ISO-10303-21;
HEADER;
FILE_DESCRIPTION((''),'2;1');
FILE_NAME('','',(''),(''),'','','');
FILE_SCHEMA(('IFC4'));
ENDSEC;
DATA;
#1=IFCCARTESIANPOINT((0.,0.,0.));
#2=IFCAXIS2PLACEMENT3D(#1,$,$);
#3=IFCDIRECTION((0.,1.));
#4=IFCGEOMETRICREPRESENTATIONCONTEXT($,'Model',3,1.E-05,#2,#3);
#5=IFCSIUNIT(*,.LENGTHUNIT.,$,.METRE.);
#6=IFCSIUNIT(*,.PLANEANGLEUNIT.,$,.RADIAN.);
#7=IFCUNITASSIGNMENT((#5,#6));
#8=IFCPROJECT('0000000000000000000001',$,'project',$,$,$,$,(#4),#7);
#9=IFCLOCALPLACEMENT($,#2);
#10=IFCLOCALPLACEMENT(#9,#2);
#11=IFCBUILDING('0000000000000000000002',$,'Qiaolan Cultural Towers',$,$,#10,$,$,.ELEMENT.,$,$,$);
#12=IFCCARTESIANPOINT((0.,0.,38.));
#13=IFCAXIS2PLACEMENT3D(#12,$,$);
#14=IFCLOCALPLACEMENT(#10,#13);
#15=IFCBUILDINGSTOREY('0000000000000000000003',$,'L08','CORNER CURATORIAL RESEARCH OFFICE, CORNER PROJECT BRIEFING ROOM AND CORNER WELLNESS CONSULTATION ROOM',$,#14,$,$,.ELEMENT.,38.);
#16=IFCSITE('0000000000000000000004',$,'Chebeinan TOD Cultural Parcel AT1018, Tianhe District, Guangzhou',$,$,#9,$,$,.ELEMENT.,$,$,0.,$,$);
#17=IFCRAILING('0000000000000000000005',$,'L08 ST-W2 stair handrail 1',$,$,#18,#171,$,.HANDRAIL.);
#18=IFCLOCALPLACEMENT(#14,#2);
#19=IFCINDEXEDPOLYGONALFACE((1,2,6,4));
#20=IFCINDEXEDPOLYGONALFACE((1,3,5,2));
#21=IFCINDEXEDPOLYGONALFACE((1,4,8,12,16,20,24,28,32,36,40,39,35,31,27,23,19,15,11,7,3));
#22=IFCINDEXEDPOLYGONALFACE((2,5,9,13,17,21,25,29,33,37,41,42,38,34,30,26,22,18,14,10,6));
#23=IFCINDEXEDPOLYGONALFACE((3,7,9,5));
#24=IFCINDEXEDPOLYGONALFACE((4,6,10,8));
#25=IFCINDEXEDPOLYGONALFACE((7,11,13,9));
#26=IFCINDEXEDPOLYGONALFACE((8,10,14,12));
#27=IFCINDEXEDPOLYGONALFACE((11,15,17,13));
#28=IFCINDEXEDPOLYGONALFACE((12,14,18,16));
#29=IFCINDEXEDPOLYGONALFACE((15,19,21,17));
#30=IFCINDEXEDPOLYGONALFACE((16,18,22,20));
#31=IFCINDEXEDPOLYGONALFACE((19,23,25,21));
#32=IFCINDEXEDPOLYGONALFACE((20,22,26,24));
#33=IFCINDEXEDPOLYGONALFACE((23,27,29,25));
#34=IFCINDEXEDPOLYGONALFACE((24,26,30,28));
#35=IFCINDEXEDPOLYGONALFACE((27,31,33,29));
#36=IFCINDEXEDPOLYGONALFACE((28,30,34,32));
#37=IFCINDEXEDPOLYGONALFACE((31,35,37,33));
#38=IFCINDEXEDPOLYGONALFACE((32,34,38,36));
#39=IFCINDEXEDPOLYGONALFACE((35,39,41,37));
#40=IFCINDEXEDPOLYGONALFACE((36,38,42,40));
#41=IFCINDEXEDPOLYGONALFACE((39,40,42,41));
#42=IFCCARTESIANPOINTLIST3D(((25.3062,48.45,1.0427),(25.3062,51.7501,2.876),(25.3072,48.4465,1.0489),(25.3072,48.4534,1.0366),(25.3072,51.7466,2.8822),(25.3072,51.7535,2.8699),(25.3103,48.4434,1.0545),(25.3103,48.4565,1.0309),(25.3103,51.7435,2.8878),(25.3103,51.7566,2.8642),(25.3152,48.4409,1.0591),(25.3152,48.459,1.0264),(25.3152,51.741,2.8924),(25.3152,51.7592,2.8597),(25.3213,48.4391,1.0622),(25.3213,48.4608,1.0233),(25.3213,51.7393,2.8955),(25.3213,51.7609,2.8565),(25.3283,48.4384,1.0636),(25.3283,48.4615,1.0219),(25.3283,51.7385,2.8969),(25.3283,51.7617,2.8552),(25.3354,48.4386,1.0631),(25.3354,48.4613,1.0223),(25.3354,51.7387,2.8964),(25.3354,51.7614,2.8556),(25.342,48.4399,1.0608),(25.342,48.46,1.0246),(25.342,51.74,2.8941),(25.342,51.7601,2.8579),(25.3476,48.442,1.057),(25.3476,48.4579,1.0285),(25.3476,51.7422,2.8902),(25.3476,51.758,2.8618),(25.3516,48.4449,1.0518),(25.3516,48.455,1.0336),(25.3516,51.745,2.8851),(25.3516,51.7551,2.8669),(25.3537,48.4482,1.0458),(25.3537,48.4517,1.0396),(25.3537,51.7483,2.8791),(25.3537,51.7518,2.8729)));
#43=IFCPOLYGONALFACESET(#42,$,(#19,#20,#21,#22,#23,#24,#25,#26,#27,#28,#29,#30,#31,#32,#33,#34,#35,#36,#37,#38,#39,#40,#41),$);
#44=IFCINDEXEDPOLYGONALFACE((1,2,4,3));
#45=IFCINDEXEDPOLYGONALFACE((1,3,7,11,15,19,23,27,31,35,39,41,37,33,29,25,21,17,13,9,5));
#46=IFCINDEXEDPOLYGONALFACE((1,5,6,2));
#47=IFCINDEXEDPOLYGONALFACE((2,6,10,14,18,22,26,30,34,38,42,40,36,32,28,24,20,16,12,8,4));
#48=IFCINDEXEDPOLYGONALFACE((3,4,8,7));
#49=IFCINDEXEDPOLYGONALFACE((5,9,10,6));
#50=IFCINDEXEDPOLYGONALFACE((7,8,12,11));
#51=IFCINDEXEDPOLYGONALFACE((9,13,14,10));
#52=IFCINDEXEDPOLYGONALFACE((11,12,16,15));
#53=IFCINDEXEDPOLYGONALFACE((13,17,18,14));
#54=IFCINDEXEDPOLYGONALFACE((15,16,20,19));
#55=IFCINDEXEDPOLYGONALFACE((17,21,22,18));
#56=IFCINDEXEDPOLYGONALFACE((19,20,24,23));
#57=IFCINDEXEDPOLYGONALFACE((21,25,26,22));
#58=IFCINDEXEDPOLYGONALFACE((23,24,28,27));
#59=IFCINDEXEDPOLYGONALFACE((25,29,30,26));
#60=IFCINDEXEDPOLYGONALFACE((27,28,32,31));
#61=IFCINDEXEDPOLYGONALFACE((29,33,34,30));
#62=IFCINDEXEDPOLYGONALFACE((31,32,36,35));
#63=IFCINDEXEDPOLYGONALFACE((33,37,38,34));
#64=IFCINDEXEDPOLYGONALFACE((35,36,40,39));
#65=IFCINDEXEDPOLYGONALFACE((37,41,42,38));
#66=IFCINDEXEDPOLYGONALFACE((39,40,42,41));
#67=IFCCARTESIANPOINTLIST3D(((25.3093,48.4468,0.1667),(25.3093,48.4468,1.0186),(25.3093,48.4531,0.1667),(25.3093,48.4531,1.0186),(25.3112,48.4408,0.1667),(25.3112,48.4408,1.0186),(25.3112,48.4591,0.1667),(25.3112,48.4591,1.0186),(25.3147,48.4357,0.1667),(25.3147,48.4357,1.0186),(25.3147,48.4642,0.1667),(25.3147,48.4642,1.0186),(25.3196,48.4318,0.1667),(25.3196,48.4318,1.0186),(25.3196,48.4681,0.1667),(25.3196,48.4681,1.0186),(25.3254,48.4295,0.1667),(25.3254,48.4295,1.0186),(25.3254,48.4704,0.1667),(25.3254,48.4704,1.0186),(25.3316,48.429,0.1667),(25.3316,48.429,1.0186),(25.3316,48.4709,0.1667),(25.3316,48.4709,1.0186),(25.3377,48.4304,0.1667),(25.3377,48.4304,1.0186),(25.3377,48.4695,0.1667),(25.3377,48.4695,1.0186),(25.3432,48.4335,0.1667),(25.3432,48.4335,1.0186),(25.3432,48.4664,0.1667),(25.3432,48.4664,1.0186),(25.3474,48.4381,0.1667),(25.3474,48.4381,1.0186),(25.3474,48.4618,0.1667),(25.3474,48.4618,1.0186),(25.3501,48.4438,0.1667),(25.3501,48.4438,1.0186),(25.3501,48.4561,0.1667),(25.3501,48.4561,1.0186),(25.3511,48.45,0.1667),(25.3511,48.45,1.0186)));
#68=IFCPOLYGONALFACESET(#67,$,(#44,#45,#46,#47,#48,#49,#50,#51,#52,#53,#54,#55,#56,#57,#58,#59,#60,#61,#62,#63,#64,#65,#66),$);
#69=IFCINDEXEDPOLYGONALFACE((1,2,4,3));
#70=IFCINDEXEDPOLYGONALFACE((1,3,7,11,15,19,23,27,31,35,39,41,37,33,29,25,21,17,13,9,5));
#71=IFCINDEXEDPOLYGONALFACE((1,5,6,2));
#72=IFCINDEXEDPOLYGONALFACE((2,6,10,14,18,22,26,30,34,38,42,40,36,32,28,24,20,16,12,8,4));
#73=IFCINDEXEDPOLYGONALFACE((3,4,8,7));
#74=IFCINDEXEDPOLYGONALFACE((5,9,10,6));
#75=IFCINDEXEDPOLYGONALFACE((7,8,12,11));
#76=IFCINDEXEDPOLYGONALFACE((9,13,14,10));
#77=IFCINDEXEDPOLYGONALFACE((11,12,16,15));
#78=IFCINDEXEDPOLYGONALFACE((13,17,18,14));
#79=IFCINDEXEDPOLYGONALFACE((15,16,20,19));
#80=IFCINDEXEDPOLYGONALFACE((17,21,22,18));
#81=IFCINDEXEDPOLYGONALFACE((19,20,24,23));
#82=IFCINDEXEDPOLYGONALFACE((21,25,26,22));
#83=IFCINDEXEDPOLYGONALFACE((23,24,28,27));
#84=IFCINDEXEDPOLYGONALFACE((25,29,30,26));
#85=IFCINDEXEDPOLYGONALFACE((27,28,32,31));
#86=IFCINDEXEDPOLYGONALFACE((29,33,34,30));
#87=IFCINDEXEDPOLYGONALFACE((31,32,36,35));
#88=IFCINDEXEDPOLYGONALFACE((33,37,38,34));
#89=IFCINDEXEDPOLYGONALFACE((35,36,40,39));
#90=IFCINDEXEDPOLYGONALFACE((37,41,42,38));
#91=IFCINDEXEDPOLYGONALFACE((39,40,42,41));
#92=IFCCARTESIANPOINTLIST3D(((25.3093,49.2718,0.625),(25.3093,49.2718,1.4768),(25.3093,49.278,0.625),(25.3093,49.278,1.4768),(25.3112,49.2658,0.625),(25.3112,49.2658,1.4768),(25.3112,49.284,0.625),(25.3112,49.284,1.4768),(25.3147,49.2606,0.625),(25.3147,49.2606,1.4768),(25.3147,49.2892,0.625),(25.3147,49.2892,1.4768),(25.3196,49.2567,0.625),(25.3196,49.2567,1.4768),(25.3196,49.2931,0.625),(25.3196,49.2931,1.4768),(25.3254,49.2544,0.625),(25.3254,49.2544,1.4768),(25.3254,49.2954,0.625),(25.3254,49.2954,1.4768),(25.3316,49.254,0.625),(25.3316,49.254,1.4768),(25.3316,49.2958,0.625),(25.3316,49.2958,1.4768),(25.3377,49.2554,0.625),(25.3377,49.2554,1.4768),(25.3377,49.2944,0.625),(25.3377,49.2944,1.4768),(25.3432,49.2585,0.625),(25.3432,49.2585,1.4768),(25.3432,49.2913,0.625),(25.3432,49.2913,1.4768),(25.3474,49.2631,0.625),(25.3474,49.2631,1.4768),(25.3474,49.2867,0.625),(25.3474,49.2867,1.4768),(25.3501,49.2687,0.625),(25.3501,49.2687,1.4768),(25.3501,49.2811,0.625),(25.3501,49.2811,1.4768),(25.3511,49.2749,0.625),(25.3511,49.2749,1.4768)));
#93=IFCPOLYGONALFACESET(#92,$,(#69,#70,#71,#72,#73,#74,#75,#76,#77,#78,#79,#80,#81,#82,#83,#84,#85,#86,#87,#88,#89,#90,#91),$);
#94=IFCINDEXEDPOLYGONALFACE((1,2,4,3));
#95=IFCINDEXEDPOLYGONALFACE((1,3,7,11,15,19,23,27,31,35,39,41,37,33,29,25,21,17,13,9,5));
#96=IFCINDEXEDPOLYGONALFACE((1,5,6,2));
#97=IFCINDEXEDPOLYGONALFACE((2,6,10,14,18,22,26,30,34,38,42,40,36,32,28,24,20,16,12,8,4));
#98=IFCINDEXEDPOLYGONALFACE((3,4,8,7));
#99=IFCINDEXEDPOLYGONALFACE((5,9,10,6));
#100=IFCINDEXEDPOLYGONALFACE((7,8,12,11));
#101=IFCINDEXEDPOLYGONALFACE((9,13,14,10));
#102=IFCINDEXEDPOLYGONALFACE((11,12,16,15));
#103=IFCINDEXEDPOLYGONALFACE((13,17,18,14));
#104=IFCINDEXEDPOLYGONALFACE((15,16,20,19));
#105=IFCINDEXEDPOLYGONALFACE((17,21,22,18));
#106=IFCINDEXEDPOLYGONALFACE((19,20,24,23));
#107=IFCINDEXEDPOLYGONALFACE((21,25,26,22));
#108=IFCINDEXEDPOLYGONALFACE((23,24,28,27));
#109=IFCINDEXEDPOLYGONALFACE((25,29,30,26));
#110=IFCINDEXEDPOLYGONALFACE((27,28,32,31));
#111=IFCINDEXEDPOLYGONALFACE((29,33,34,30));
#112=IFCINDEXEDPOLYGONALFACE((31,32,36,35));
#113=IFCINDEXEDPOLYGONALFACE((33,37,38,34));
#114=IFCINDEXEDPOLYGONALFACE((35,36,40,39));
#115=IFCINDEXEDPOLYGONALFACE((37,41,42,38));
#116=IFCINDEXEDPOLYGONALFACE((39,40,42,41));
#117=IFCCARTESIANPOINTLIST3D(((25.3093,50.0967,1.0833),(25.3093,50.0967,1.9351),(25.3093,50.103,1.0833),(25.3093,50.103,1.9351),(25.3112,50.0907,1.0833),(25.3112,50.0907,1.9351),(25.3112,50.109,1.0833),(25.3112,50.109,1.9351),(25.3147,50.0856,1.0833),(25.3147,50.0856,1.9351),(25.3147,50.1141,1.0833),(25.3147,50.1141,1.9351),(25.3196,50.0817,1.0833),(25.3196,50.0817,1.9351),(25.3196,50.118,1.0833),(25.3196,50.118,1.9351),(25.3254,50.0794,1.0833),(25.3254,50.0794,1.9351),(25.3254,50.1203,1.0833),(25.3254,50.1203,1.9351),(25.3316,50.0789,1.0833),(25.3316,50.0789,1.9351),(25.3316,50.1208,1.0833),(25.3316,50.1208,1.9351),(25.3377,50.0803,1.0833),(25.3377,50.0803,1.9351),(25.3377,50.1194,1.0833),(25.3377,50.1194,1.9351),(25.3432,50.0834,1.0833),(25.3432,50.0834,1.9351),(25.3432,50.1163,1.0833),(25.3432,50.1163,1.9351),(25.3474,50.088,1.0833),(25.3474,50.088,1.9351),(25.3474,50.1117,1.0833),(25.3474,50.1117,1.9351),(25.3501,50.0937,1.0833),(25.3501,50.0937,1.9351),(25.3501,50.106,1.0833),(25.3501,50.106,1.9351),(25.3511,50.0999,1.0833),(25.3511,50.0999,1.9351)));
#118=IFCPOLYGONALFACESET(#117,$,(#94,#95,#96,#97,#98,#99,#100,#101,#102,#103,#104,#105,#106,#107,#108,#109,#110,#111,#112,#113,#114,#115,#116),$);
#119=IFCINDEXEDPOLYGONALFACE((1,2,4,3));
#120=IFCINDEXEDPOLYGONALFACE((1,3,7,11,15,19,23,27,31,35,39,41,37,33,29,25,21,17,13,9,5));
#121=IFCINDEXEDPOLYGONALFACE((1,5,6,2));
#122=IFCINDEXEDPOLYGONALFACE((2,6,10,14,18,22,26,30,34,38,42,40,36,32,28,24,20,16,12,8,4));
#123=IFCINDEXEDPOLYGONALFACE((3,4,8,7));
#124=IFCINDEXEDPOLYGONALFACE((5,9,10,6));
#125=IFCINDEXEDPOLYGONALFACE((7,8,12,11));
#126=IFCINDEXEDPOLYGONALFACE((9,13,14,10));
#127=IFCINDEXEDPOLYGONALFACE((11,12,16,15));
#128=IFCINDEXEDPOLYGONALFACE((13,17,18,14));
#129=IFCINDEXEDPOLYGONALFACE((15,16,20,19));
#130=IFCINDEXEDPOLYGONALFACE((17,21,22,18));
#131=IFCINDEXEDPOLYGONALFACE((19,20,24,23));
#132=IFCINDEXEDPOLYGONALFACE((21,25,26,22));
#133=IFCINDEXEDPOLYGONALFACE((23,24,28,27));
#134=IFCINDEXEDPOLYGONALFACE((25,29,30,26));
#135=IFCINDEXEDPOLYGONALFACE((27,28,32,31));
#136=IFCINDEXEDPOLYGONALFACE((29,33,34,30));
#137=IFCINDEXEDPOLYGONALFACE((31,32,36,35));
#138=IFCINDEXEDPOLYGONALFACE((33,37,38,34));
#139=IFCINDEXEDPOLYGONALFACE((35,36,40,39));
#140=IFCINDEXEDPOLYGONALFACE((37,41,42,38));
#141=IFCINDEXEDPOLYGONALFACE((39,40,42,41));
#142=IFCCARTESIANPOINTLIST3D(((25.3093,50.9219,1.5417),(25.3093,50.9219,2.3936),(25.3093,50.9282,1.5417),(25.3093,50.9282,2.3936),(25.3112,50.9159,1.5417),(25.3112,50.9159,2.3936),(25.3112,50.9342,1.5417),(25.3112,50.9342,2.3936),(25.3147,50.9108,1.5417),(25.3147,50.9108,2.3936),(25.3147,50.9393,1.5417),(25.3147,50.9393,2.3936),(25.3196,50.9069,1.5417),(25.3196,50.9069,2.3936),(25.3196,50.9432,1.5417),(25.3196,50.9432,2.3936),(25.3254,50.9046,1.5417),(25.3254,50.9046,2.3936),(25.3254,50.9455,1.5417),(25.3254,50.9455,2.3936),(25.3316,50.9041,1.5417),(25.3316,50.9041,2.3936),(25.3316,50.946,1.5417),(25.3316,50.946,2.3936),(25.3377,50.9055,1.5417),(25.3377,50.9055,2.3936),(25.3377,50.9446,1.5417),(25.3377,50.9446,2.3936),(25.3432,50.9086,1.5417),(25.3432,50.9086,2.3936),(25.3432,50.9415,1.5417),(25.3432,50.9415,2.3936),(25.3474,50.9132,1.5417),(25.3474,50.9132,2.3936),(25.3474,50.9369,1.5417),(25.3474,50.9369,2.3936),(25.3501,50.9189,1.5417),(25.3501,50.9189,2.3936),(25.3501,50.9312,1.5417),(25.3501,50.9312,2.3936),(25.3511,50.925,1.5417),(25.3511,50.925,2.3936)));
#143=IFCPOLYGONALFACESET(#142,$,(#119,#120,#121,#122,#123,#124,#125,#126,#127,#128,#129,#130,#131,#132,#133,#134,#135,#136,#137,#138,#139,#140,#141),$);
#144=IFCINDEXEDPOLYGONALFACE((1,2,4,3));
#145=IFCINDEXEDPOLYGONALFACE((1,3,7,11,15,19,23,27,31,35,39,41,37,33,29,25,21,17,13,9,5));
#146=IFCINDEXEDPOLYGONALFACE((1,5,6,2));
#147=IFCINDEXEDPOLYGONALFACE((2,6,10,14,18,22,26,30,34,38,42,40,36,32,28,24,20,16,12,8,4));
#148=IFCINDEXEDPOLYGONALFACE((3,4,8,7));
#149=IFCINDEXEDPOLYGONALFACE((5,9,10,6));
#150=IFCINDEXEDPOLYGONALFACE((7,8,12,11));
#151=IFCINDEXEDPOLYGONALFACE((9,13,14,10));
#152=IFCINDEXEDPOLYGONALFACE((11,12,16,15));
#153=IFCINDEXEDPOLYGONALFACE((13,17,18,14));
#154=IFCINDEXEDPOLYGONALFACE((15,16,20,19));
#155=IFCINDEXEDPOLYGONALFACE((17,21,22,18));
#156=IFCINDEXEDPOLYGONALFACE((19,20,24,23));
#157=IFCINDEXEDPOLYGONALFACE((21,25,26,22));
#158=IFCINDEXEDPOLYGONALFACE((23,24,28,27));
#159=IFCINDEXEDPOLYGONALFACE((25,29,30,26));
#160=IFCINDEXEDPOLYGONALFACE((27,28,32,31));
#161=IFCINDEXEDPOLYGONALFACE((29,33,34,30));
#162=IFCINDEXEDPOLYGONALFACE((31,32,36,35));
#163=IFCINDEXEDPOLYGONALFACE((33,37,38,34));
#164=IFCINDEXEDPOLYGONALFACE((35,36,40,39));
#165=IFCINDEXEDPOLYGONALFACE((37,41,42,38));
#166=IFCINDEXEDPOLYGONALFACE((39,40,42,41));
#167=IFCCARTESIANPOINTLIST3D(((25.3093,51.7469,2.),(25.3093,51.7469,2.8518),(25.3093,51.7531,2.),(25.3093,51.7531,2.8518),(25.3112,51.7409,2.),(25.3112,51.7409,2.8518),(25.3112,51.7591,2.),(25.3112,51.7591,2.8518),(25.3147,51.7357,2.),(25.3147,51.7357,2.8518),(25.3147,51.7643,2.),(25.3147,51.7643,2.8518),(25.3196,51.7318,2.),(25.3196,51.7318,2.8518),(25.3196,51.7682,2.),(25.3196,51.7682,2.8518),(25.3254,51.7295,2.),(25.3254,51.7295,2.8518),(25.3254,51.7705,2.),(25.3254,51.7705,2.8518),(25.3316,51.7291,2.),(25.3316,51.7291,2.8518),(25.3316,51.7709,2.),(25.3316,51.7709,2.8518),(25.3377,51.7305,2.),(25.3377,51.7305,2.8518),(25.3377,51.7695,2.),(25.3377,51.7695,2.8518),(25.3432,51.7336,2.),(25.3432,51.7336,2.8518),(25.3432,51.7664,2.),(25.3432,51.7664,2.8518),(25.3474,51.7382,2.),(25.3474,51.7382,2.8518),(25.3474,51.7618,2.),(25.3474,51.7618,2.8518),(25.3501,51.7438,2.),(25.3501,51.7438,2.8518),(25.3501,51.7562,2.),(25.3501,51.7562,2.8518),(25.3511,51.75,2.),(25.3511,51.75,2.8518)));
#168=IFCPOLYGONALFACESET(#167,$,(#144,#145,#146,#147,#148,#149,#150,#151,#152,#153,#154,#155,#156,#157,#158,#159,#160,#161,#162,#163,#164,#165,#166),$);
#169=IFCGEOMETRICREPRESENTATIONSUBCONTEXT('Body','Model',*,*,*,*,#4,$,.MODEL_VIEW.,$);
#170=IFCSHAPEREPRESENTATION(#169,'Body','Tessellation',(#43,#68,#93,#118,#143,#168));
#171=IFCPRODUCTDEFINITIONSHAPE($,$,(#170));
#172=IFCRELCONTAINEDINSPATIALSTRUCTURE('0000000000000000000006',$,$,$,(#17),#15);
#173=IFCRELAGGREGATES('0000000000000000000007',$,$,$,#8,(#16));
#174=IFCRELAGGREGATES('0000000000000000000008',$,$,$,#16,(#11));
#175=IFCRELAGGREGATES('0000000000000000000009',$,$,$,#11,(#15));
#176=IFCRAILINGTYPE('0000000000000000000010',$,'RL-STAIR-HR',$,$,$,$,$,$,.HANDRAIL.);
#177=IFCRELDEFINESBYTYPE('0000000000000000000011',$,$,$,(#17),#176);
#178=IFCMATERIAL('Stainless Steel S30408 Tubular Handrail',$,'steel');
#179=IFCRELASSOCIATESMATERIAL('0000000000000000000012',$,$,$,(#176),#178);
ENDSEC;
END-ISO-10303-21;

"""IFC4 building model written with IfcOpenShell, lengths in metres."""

from ifc_helpers import new_model, si_unit, direction, frame, origin, origin_2d, place, context, subcontext, project, spatial, circle, extrude, material, type_object, element, save


model = new_model("IFC4")

# Units and contexts
model_context = context("Model", 3, precision=1e-05, world=origin(), true_north=direction((0.0, 1.0)))
body_context = subcontext(model_context, "Body", "Model", "MODEL_VIEW")
ifc_project = project(units=[si_unit("LENGTHUNIT", "METRE"), si_unit("PLANEANGLEUNIT", "RADIAN")], contexts=[model_context])

# Site, building, storey
site_placement = place(None, origin())
site = spatial("IfcSite", under=ifc_project, at=site_placement, Name="Chebeinan TOD Cultural Parcel AT1018, Tianhe District, Guangzhou", CompositionType="ELEMENT", RefElevation=0.0)
building_placement = place(site_placement, origin())
building = spatial("IfcBuilding", under=site, at=building_placement, Name="Qiaolan Cultural Towers", CompositionType="ELEMENT")
storey_placement = place(building_placement, frame((0.0, 0.0, 38.0)))
storey = spatial("IfcBuildingStorey", under=building, at=storey_placement, Name="L08", Description="CORNER CURATORIAL RESEARCH OFFICE, CORNER PROJECT BRIEFING ROOM AND CORNER WELLNESS CONSULTATION ROOM", CompositionType="ELEMENT", Elevation=38.0)

# Railing
ifc_material_1 = material(Name="Stainless Steel S30408 Tubular Handrail", Category="steel")
railing_type = type_object("IfcRailingType", Name="RL-STAIR-HR", PredefinedType="HANDRAIL", material=ifc_material_1)
railing_placement = place(storey_placement, frame((25.3301, 48.45, 0.1667)))
element("IfcRailing", 1, at=railing_placement, inside=storey, type_object=railing_type, Name="L08 ST-W2 stair handrail 1", PredefinedType="HANDRAIL", context=body_context, shape_type="SweptSolid", body=[
    extrude(circle(Radius=0.0239, at=origin_2d()), frame((0.0, 0.0, 0.876), z_axis=(0.0, 0.874169, 0.485621), x_axis=(-1.0, 0.0, 0.0)), (0.0, 0.0, 1.0), 3.7751),
    extrude(circle(Radius=0.021, at=origin_2d()), origin(), (0.0, 0.0, 1.0), 0.8518),
    extrude(circle(Radius=0.021, at=origin_2d()), frame((0.0, 0.825, 0.4583)), (0.0, 0.0, 1.0), 0.8518),
    extrude(circle(Radius=0.021, at=origin_2d()), frame((0.0, 1.6499, 0.9165)), (0.0, 0.0, 1.0), 0.8518),
    extrude(circle(Radius=0.021, at=origin_2d()), frame((0.0, 2.4751, 1.375)), (0.0, 0.0, 1.0), 0.8518),
    extrude(circle(Radius=0.021, at=origin_2d()), frame((0.0, 3.3, 1.8333)), (0.0, 0.0, 1.0), 0.8518),
])

save(model, "model.ifc")
